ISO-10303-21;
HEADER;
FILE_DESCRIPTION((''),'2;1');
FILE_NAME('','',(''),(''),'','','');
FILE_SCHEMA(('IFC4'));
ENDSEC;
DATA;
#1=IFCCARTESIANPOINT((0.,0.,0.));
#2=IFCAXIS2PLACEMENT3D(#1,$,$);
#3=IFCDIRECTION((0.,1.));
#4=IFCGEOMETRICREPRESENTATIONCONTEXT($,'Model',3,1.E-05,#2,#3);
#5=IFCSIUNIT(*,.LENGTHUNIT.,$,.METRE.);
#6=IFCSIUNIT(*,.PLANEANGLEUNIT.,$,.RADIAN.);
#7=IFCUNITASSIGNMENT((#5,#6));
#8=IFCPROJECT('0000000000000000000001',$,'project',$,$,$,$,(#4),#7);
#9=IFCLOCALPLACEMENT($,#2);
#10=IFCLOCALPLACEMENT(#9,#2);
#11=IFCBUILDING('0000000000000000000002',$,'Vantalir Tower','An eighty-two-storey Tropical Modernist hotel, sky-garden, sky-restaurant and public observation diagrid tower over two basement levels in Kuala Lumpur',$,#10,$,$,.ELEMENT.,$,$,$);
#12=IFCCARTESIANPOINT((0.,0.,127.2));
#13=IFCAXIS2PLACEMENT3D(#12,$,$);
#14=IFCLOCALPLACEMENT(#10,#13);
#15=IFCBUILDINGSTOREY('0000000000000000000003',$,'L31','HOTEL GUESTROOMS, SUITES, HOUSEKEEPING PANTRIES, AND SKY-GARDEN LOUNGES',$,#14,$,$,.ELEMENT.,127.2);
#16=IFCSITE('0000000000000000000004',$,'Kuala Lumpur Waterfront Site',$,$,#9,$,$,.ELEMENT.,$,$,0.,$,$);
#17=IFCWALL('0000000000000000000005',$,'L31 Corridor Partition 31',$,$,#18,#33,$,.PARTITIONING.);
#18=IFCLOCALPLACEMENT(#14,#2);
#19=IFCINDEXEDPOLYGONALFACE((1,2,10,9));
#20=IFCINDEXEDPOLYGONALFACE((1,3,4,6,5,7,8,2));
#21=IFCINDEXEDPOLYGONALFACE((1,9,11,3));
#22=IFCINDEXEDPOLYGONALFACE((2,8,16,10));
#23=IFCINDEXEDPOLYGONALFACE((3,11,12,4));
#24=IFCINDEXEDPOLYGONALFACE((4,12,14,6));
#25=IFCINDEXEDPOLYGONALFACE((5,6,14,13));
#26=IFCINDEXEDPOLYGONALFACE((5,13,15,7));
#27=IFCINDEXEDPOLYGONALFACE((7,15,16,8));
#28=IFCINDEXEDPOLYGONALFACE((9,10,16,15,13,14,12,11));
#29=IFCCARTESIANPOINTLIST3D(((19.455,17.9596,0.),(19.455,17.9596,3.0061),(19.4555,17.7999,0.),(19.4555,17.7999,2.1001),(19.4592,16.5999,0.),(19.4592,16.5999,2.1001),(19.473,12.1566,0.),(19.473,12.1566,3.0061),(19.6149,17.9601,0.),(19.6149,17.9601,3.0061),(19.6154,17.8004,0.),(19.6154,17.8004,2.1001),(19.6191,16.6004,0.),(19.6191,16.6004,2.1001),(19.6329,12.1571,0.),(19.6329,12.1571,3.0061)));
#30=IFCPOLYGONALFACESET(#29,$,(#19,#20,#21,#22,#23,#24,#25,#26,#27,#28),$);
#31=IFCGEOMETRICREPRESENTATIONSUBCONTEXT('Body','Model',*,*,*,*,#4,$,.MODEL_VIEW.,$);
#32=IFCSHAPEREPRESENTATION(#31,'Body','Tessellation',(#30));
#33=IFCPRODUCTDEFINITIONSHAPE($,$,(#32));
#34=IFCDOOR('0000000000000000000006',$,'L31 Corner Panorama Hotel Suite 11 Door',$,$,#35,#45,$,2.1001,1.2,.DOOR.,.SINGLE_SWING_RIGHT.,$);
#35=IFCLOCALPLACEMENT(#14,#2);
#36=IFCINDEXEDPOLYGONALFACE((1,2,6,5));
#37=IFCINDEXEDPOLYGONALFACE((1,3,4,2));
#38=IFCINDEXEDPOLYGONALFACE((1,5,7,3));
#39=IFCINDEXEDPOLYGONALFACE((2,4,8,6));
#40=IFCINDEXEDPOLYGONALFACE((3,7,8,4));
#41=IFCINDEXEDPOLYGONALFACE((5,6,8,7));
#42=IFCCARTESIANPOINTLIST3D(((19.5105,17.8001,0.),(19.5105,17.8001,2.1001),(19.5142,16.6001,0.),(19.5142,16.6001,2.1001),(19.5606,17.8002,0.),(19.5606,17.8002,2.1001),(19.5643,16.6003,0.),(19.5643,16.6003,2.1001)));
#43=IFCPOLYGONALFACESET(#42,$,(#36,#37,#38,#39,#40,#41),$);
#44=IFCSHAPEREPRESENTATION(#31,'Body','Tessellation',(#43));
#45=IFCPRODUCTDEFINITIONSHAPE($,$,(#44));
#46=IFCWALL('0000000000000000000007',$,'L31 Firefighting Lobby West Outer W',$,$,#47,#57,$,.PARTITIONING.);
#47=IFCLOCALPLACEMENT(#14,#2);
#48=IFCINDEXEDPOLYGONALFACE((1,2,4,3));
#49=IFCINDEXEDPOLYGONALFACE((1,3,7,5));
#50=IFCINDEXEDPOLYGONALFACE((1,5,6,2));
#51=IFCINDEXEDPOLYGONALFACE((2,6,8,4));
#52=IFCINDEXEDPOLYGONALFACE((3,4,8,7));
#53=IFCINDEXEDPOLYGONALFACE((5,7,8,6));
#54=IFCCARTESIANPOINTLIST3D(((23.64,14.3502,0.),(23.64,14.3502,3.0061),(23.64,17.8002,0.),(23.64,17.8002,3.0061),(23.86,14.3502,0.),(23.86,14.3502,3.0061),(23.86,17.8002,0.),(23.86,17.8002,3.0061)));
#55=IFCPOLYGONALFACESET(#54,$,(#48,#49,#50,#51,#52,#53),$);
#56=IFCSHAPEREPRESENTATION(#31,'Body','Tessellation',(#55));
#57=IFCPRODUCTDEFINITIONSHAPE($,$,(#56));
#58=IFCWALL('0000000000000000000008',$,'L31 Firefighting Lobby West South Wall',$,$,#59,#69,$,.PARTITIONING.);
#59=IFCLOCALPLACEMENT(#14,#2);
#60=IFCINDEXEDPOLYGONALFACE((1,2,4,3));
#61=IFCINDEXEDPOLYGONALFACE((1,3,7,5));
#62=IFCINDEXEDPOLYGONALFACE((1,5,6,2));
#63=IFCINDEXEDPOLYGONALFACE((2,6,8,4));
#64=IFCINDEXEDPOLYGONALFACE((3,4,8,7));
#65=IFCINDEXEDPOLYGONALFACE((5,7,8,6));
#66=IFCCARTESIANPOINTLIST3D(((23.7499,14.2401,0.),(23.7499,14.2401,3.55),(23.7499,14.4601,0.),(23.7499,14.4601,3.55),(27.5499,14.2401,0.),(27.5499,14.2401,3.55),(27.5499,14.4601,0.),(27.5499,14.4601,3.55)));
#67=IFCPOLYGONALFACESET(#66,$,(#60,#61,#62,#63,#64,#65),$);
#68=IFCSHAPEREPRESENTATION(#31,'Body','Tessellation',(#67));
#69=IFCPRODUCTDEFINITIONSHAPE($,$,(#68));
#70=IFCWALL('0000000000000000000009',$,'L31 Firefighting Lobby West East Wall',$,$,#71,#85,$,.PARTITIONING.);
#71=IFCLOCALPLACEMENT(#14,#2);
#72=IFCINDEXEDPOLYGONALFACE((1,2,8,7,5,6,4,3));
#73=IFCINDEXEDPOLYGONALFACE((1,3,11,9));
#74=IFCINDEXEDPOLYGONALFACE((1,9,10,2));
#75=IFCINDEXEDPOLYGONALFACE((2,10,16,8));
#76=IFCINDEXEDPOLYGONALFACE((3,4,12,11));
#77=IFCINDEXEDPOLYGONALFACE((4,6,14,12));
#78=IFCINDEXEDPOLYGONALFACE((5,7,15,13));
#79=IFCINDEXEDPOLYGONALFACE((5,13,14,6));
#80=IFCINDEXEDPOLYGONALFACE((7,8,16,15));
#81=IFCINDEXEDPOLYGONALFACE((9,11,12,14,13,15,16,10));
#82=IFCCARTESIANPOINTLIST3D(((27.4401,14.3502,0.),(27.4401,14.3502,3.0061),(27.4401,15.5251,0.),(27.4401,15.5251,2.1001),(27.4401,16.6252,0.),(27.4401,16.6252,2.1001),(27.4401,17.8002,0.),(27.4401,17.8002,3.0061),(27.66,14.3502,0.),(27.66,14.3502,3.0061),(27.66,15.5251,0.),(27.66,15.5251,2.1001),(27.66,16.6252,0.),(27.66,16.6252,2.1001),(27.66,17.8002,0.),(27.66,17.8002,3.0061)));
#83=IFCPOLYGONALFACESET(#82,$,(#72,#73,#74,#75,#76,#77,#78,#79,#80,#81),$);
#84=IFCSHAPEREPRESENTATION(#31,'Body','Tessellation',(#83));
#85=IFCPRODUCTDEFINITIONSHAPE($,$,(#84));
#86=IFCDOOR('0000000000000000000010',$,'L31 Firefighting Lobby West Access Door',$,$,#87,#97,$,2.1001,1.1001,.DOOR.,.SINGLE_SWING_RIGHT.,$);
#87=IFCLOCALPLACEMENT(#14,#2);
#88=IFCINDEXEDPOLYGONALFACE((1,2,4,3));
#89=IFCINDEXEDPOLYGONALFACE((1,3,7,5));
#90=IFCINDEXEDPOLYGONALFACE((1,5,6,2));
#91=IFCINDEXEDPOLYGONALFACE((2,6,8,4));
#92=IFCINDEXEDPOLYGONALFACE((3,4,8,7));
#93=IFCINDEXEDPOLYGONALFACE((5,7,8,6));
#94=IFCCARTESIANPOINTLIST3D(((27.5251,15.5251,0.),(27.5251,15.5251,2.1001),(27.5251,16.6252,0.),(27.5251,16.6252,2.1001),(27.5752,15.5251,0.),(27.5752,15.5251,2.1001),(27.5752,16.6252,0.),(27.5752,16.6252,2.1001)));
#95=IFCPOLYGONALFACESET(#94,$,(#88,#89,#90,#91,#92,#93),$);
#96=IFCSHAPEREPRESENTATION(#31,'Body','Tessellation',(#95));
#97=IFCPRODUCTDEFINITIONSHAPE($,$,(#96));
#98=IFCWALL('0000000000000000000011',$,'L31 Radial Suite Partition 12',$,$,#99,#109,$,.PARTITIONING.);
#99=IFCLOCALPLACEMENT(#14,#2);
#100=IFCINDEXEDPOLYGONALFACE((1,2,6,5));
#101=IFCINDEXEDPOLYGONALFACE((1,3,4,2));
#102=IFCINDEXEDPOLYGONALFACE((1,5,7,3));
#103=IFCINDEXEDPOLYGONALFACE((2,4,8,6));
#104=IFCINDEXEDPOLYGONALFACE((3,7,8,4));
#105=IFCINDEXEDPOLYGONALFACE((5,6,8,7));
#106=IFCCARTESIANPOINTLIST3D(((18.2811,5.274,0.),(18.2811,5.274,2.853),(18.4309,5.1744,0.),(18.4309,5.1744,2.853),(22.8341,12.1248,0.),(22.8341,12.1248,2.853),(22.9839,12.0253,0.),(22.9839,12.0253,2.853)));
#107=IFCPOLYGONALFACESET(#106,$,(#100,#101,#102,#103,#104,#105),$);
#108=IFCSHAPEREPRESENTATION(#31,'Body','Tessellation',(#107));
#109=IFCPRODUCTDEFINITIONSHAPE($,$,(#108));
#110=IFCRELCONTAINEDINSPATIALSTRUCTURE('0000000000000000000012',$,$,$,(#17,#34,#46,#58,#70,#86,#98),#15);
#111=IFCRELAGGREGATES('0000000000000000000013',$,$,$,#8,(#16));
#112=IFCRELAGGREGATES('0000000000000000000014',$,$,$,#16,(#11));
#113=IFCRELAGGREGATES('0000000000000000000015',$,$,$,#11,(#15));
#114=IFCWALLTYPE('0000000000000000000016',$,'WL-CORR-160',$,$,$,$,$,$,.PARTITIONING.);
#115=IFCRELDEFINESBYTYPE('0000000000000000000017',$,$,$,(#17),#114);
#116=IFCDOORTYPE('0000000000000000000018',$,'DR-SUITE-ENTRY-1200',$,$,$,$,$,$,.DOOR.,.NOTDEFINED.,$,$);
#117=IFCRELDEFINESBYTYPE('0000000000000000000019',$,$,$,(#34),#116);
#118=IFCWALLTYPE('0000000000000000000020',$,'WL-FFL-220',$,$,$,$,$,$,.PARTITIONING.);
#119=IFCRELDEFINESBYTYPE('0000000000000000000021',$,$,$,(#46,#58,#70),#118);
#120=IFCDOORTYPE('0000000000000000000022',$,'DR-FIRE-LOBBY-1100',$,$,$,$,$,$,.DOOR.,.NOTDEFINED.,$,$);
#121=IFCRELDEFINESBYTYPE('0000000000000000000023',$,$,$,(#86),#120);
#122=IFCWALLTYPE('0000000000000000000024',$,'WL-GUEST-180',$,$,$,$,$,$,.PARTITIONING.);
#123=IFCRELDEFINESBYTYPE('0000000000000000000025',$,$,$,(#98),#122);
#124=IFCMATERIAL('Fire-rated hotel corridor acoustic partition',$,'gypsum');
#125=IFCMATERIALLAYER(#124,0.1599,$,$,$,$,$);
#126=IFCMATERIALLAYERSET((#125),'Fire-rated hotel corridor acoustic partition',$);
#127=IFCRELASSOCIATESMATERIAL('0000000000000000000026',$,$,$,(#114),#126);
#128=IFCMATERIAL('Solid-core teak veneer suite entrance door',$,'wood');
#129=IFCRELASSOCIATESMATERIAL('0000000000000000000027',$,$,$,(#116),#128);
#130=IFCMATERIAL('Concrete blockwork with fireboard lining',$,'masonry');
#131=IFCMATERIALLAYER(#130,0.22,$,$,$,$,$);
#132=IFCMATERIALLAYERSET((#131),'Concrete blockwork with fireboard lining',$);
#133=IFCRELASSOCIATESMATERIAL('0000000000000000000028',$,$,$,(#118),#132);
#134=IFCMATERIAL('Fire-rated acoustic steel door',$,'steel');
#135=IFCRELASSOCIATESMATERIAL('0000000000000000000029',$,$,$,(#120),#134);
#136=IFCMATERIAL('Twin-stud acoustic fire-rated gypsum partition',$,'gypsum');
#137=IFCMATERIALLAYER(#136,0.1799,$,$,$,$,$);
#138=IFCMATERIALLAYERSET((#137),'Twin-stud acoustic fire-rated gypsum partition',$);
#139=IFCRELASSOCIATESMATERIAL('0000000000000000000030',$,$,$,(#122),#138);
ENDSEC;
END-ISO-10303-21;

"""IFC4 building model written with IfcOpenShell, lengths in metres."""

from ifc_helpers import new_model, si_unit, direction, frame, frame_2d, origin, place, context, subcontext, project, spatial, rectangle, extrude, material, layer, layer_set, type_object, element, fill, save


model = new_model("IFC4")

# Units and contexts
model_context = context("Model", 3, precision=1e-05, world=origin(), true_north=direction((0.0, 1.0)))
body_context = subcontext(model_context, "Body", "Model", "MODEL_VIEW")
ifc_project = project(units=[si_unit("LENGTHUNIT", "METRE"), si_unit("PLANEANGLEUNIT", "RADIAN")], contexts=[model_context])

# Site, building, storey
site_placement = place(None, origin())
site = spatial("IfcSite", under=ifc_project, at=site_placement, Name="Kuala Lumpur Waterfront Site", CompositionType="ELEMENT", RefElevation=0.0)
building_placement = place(site_placement, origin())
building = spatial("IfcBuilding", under=site, at=building_placement, Name="Vantalir Tower", Description="An eighty-two-storey Tropical Modernist hotel, sky-garden, sky-restaurant and public observation diagrid tower over two basement levels in Kuala Lumpur", CompositionType="ELEMENT")
storey_placement = place(building_placement, frame((0.0, 0.0, 127.2)))
storey = spatial("IfcBuildingStorey", under=building, at=storey_placement, Name="L31", Description="HOTEL GUESTROOMS, SUITES, HOUSEKEEPING PANTRIES, AND SKY-GARDEN LOUNGES", CompositionType="ELEMENT", Elevation=127.2)

# Shared definitions
ifc_material_1 = material(Name="Fire-rated hotel corridor acoustic partition", Category="gypsum")
ifc_layer_1 = layer(ifc_material_1, 0.1599)
ifc_layer_set_1 = layer_set([ifc_layer_1], Name="Fire-rated hotel corridor acoustic partition")
wall_type_1 = type_object("IfcWallType", Name="WL-CORR-160", PredefinedType="PARTITIONING", material=ifc_layer_set_1)

# Wall, opening, door
wall_1_placement = place(storey_placement, frame((19.553, 12.157, 0.0), z_axis=(0.0, 0.0, 1.0), x_axis=(-0.003113, 0.999995, 0.0)))
wall_1 = element("IfcWall", 1, at=wall_1_placement, inside=storey, type_object=wall_type_1, Name="L31 Corridor Partition 31", PredefinedType="PARTITIONING", context=body_context, shape_type="SweptSolid", body=[
    extrude(rectangle(XDim=5.803, YDim=0.1599, at=frame_2d((2.9014, 0.0))), origin(), (0.0, 0.0, 1.0), 3.0061),
])
opening_1_placement = place(wall_1_placement, frame((4.4431, 0.0, 0.0)))
opening_1 = element("IfcOpeningElement", 2, at=opening_1_placement, cuts=wall_1, PredefinedType="OPENING", context=body_context, shape_type="SweptSolid", body=[
    extrude(rectangle(XDim=1.2, YDim=2.1001, at=frame_2d((0.6001, 1.05))), frame((0.0, 0.0898, 0.0), z_axis=(0.0, -1.0, 0.0), x_axis=(1.0, 0.0, 0.0)), (0.0, 0.0, 1.0), 0.1799),
])
ifc_material_2 = material(Name="Solid-core teak veneer suite entrance door", Category="wood")
door_type_1 = type_object("IfcDoorType", Name="DR-SUITE-ENTRY-1200", OperationType="NOTDEFINED", PredefinedType="DOOR", material=ifc_material_2)
door_1_placement = place(opening_1_placement, origin())
door_1 = element("IfcDoor", 3, at=door_1_placement, inside=storey, type_object=door_type_1, Name="L31 Corner Panorama Hotel Suite 11 Door", OperationType="SINGLE_SWING_RIGHT", OverallHeight=2.1001, OverallWidth=1.2, PredefinedType="DOOR", context=body_context, shape_type="SweptSolid", body=[
    extrude(rectangle(XDim=1.2, YDim=2.1001, at=frame_2d((0.6001, 1.05))), frame((0.0, 0.0249, 0.0), z_axis=(0.0, -1.0, 0.0), x_axis=(1.0, 0.0, 0.0)), (0.0, 0.0, 1.0), 0.05),
])
fill(opening_1, door_1)

# Walls
ifc_material_3 = material(Name="Concrete blockwork with fireboard lining", Category="masonry")
ifc_layer_2 = layer(ifc_material_3, 0.22)
ifc_layer_set_2 = layer_set([ifc_layer_2], Name="Concrete blockwork with fireboard lining")
wall_type_2 = type_object("IfcWallType", Name="WL-FFL-220", PredefinedType="PARTITIONING", material=ifc_layer_set_2)
wall_2_placement = place(storey_placement, frame((23.75, 14.3501, 0.0), z_axis=(0.0, 0.0, 1.0), x_axis=(0.0, 1.0, 0.0)))
element("IfcWall", 4, at=wall_2_placement, inside=storey, type_object=wall_type_2, Name="L31 Firefighting Lobby West Outer W", PredefinedType="PARTITIONING", context=body_context, shape_type="SweptSolid", body=[
    extrude(rectangle(XDim=3.45, YDim=0.22, at=frame_2d((1.7251, 0.0))), origin(), (0.0, 0.0, 1.0), 3.0061),
])
wall_3_placement = place(storey_placement, frame((23.75, 14.3501, 0.0), z_axis=(0.0, 0.0, 1.0), x_axis=(1.0, 0.0, 0.0)))
element("IfcWall", 5, at=wall_3_placement, inside=storey, type_object=wall_type_2, Name="L31 Firefighting Lobby West South Wall", PredefinedType="PARTITIONING", context=body_context, shape_type="SweptSolid", body=[
    extrude(rectangle(XDim=3.8, YDim=0.22, at=frame_2d((1.8999, 0.0))), origin(), (0.0, 0.0, 1.0), 3.55),
])

# Wall, opening, door
wall_4_placement = place(storey_placement, frame((27.55, 14.3501, 0.0), z_axis=(0.0, 0.0, 1.0), x_axis=(0.0, 1.0, 0.0)))
wall_4 = element("IfcWall", 6, at=wall_4_placement, inside=storey, type_object=wall_type_2, Name="L31 Firefighting Lobby West East Wall", PredefinedType="PARTITIONING", context=body_context, shape_type="SweptSolid", body=[
    extrude(rectangle(XDim=3.45, YDim=0.22, at=frame_2d((1.7251, 0.0))), origin(), (0.0, 0.0, 1.0), 3.0061),
])
opening_2_placement = place(wall_4_placement, frame((1.175, 0.0, 0.0)))
opening_2 = element("IfcOpeningElement", 7, at=opening_2_placement, cuts=wall_4, PredefinedType="OPENING", context=body_context, shape_type="SweptSolid", body=[
    extrude(rectangle(XDim=1.1001, YDim=2.1001, at=frame_2d((0.55, 1.05))), frame((0.0, 0.1199, 0.0), z_axis=(0.0, -1.0, 0.0), x_axis=(1.0, 0.0, 0.0)), (0.0, 0.0, 1.0), 0.24),
])
ifc_material_4 = material(Name="Fire-rated acoustic steel door", Category="steel")
door_type_2 = type_object("IfcDoorType", Name="DR-FIRE-LOBBY-1100", OperationType="NOTDEFINED", PredefinedType="DOOR", material=ifc_material_4)
door_2_placement = place(opening_2_placement, origin())
door_2 = element("IfcDoor", 8, at=door_2_placement, inside=storey, type_object=door_type_2, Name="L31 Firefighting Lobby West Access Door", OperationType="SINGLE_SWING_RIGHT", OverallHeight=2.1001, OverallWidth=1.1001, PredefinedType="DOOR", context=body_context, shape_type="SweptSolid", body=[
    extrude(rectangle(XDim=1.1001, YDim=2.1001, at=frame_2d((0.55, 1.05))), frame((0.0, 0.0249, 0.0), z_axis=(0.0, -1.0, 0.0), x_axis=(1.0, 0.0, 0.0)), (0.0, 0.0, 1.0), 0.05),
])
fill(opening_2, door_2)

# Wall
ifc_material_5 = material(Name="Twin-stud acoustic fire-rated gypsum partition", Category="gypsum")
ifc_layer_3 = layer(ifc_material_5, 0.1799)
ifc_layer_set_3 = layer_set([ifc_layer_3], Name="Twin-stud acoustic fire-rated gypsum partition")
wall_type_3 = type_object("IfcWallType", Name="WL-GUEST-180", PredefinedType="PARTITIONING", material=ifc_layer_set_3)
wall_5_placement = place(storey_placement, frame((22.9089, 12.075, 0.0), z_axis=(0.0, 0.0, 1.0), x_axis=(-0.553501, -0.832849, 0.0)))
element("IfcWall", 9, at=wall_5_placement, inside=storey, type_object=wall_type_3, Name="L31 Radial Suite Partition 12", PredefinedType="PARTITIONING", context=body_context, shape_type="SweptSolid", body=[
    extrude(rectangle(XDim=8.2258, YDim=0.1799, at=frame_2d((4.1128, 0.0))), origin(), (0.0, 0.0, 1.0), 2.853),
])

save(model, "model.ifc")
